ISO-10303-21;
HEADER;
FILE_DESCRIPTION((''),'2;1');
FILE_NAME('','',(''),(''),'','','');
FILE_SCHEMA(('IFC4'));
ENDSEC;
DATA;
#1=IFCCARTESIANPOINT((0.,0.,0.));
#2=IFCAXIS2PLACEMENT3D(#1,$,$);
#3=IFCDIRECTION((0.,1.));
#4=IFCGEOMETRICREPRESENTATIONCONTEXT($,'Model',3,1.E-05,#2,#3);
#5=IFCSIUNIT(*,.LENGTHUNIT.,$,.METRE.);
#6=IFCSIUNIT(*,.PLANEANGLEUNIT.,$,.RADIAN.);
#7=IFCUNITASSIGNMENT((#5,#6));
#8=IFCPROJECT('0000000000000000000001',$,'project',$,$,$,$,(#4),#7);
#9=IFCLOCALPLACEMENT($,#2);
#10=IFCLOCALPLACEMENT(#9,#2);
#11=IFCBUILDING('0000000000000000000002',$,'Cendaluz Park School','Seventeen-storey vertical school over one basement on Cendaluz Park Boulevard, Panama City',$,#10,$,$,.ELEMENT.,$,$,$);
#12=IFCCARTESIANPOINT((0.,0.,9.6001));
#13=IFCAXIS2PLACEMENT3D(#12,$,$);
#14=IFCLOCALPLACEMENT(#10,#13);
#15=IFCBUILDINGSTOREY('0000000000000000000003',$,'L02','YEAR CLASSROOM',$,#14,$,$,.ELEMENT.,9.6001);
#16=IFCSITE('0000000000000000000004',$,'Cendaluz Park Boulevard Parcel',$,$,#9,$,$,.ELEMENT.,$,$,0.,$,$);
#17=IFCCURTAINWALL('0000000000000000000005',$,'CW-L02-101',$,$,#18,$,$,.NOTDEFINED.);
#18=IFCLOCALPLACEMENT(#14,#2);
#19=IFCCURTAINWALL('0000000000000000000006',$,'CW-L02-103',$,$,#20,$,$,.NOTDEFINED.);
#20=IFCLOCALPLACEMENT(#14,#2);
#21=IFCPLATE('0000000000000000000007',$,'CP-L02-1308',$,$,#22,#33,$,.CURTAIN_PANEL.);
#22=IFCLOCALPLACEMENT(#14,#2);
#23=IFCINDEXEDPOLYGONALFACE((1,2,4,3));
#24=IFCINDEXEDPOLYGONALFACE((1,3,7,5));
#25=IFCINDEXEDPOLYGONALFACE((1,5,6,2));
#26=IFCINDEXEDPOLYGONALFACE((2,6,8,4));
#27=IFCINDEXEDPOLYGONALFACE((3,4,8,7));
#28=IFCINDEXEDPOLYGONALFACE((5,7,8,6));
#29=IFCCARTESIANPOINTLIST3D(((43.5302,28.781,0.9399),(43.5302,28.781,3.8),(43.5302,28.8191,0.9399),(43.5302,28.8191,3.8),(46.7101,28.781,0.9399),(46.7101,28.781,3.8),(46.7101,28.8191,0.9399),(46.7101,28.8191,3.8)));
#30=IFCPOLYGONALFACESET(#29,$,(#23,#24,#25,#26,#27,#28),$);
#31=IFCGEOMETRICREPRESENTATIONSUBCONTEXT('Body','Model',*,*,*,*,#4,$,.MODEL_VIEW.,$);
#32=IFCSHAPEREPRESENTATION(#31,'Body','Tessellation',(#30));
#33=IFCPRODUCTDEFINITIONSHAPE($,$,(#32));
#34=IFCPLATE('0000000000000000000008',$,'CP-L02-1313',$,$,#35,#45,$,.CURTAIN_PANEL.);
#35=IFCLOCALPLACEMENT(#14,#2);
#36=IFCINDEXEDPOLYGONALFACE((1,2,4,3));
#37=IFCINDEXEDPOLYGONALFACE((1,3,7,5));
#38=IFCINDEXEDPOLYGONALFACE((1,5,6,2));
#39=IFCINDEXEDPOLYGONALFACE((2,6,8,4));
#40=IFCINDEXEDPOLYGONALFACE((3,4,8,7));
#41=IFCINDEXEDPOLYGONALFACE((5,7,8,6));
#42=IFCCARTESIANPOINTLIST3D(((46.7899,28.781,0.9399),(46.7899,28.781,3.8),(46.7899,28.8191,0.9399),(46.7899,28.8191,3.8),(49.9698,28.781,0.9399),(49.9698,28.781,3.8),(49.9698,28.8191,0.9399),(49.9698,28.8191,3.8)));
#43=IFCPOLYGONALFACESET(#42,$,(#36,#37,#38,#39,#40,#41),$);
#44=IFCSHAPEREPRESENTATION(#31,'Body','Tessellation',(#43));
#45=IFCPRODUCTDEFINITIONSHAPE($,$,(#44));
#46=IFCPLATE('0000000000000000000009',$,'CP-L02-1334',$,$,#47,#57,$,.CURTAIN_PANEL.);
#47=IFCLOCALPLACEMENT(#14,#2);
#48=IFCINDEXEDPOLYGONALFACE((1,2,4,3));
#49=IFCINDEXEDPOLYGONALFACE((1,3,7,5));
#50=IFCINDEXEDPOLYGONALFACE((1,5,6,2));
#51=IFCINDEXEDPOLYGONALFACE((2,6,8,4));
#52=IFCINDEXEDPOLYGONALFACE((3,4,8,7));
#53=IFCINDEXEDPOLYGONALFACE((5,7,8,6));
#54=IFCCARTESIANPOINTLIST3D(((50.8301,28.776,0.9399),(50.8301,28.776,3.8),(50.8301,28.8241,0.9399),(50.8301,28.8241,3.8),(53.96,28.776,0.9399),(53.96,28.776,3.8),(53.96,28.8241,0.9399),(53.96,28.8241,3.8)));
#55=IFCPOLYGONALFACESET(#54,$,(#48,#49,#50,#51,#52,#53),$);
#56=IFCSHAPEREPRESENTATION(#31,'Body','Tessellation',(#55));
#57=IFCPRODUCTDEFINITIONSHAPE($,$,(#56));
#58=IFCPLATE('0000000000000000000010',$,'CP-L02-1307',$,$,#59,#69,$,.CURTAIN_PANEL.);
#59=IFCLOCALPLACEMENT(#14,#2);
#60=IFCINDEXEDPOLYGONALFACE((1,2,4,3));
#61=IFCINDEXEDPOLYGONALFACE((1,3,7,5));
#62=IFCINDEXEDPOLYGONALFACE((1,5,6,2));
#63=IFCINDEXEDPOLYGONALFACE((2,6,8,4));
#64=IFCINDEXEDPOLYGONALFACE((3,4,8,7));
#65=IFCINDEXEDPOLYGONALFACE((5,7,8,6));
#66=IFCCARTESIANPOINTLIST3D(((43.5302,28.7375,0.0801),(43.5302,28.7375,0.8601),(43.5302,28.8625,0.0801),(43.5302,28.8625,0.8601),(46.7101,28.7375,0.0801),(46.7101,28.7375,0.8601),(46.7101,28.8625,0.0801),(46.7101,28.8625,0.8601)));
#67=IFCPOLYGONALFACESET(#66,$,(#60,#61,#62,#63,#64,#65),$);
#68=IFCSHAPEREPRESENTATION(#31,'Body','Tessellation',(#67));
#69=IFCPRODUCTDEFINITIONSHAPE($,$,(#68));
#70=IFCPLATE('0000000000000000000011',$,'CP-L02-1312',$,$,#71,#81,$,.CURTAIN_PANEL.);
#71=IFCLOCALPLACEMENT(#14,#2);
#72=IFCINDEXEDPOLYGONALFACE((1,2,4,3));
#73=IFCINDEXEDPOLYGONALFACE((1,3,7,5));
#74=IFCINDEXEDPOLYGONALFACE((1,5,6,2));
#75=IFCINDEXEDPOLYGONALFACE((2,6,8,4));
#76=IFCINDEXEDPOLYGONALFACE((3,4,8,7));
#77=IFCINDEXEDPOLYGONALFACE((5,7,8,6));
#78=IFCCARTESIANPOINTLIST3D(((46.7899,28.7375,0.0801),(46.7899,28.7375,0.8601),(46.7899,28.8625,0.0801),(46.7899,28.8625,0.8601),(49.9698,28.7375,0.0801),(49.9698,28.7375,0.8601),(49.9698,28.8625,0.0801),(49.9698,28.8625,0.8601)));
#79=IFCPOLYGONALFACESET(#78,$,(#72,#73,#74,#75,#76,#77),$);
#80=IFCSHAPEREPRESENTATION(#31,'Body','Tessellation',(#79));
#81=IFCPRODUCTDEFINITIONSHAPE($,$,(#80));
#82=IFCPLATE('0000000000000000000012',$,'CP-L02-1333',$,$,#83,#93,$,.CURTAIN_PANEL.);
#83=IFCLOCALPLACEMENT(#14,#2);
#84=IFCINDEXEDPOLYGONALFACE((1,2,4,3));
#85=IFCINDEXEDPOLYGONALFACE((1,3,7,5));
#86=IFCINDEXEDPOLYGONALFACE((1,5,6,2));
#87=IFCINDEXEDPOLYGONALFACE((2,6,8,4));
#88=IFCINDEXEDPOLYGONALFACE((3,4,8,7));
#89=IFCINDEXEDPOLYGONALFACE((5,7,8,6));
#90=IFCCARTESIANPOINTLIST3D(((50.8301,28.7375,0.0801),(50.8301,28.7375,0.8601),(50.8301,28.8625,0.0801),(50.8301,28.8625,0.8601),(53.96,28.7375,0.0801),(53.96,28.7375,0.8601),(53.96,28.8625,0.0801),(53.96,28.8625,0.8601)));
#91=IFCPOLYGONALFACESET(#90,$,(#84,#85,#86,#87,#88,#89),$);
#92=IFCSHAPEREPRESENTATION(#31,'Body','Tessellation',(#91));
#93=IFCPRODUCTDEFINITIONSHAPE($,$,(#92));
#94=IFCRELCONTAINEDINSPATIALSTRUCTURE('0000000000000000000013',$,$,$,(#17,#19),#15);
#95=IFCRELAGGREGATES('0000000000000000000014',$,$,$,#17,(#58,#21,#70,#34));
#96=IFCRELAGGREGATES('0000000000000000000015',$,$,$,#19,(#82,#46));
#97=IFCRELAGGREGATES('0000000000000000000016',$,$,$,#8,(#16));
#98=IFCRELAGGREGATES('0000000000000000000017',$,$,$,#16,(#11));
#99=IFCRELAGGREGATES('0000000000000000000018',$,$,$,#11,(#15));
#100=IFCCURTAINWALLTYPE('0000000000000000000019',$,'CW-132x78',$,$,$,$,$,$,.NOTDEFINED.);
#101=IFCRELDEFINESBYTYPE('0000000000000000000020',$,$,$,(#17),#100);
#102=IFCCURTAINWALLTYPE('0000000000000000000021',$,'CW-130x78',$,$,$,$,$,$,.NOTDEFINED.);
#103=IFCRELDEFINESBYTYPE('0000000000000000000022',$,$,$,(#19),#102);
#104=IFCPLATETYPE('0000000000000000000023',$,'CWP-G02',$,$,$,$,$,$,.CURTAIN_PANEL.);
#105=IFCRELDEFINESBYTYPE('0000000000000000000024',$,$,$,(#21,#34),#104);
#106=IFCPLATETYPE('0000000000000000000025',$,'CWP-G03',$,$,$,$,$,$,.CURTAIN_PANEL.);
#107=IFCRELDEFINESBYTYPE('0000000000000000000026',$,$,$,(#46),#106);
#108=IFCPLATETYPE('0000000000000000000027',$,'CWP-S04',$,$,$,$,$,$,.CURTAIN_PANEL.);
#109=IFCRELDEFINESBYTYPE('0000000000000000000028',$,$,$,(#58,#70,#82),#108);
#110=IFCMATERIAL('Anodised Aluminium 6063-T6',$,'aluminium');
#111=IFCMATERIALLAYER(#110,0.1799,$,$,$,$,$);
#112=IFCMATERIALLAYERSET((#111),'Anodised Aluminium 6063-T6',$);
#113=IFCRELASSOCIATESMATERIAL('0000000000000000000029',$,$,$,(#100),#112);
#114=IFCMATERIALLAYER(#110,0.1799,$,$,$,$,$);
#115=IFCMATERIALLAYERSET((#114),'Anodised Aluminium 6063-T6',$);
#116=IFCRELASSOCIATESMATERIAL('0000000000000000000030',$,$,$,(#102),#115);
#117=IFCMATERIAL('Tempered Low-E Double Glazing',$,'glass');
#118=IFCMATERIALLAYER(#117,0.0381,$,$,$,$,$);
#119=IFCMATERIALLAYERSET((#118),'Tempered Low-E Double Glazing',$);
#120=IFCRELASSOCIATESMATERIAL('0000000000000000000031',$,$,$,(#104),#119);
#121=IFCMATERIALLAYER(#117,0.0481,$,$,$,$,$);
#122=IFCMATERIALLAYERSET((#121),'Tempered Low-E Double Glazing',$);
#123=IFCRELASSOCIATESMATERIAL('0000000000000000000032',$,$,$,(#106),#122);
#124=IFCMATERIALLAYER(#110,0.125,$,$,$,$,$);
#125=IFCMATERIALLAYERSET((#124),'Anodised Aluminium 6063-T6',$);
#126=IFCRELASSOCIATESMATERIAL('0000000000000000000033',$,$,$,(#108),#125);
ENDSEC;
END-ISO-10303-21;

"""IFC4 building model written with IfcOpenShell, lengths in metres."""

from ifc_helpers import new_model, si_unit, direction, frame, origin, origin_2d, place, context, subcontext, project, spatial, rectangle, extrude, material, layer, layer_set, type_object, element, aggregate, save


model = new_model("IFC4")

# Units and contexts
model_context = context("Model", 3, precision=1e-05, world=origin(), true_north=direction((0.0, 1.0)))
body_context = subcontext(model_context, "Body", "Model", "MODEL_VIEW")
ifc_project = project(units=[si_unit("LENGTHUNIT", "METRE"), si_unit("PLANEANGLEUNIT", "RADIAN")], contexts=[model_context])

# Site, building, storey
site_placement = place(None, origin())
site = spatial("IfcSite", under=ifc_project, at=site_placement, Name="Cendaluz Park Boulevard Parcel", CompositionType="ELEMENT", RefElevation=0.0)
building_placement = place(site_placement, origin())
building = spatial("IfcBuilding", under=site, at=building_placement, Name="Cendaluz Park School", Description="Seventeen-storey vertical school over one basement on Cendaluz Park Boulevard, Panama City", CompositionType="ELEMENT")
storey_placement = place(building_placement, frame((0.0, 0.0, 9.6001)))
storey = spatial("IfcBuildingStorey", under=building, at=storey_placement, Name="L02", Description="YEAR CLASSROOM", CompositionType="ELEMENT", Elevation=9.6001)

# Curtain wall
ifc_material_1 = material(Name="Anodised Aluminium 6063-T6", Category="aluminium")
ifc_layer_1 = layer(ifc_material_1, 0.1799)
ifc_layer_set_1 = layer_set([ifc_layer_1], Name="Anodised Aluminium 6063-T6")
curtain_wall_type_1 = type_object("IfcCurtainWallType", Name="CW-132x78", PredefinedType="NOTDEFINED", material=ifc_layer_set_1)
curtain_wall_1_placement = place(storey_placement, origin())
curtain_wall_1 = element("IfcCurtainWall", 1, at=curtain_wall_1_placement, inside=storey, type_object=curtain_wall_type_1, Name="CW-L02-101", PredefinedType="NOTDEFINED")

# Curtain wall
ifc_layer_2 = layer(ifc_material_1, 0.1799)
ifc_layer_set_2 = layer_set([ifc_layer_2], Name="Anodised Aluminium 6063-T6")
curtain_wall_type_2 = type_object("IfcCurtainWallType", Name="CW-130x78", PredefinedType="NOTDEFINED", material=ifc_layer_set_2)
curtain_wall_2_placement = place(storey_placement, origin())
curtain_wall_2 = element("IfcCurtainWall", 2, at=curtain_wall_2_placement, inside=storey, type_object=curtain_wall_type_2, Name="CW-L02-103", PredefinedType="NOTDEFINED")

# Plates
ifc_material_2 = material(Name="Tempered Low-E Double Glazing", Category="glass")
ifc_layer_3 = layer(ifc_material_2, 0.0381)
ifc_layer_set_3 = layer_set([ifc_layer_3], Name="Tempered Low-E Double Glazing")
plate_type_1 = type_object("IfcPlateType", Name="CWP-G02", PredefinedType="CURTAIN_PANEL", material=ifc_layer_set_3)
plate_1_placement = place(storey_placement, frame((45.1201, 28.8, 0.9399), z_axis=(0.0, 0.0, 1.0), x_axis=(1.0, 0.0, 0.0)))
plate_1 = element("IfcPlate", 3, at=plate_1_placement, type_object=plate_type_1, Name="CP-L02-1308", PredefinedType="CURTAIN_PANEL", context=body_context, shape_type="SweptSolid", body=[
    extrude(rectangle(XDim=3.1799, YDim=0.0381, at=origin_2d()), origin(), (0.0, 0.0, 1.0), 2.8601),
])
plate_2_placement = place(storey_placement, frame((48.3799, 28.8, 0.9399), z_axis=(0.0, 0.0, 1.0), x_axis=(1.0, 0.0, 0.0)))
plate_2 = element("IfcPlate", 4, at=plate_2_placement, type_object=plate_type_1, Name="CP-L02-1313", PredefinedType="CURTAIN_PANEL", context=body_context, shape_type="SweptSolid", body=[
    extrude(rectangle(XDim=3.1799, YDim=0.0381, at=origin_2d()), origin(), (0.0, 0.0, 1.0), 2.8601),
])
ifc_layer_4 = layer(ifc_material_2, 0.0481)
ifc_layer_set_4 = layer_set([ifc_layer_4], Name="Tempered Low-E Double Glazing")
plate_type_2 = type_object("IfcPlateType", Name="CWP-G03", PredefinedType="CURTAIN_PANEL", material=ifc_layer_set_4)
plate_3_placement = place(storey_placement, frame((52.395, 28.8, 0.9399), z_axis=(0.0, 0.0, 1.0), x_axis=(1.0, 0.0, 0.0)))
plate_3 = element("IfcPlate", 5, at=plate_3_placement, type_object=plate_type_2, Name="CP-L02-1334", PredefinedType="CURTAIN_PANEL", context=body_context, shape_type="SweptSolid", body=[
    extrude(rectangle(XDim=3.1299, YDim=0.0481, at=origin_2d()), origin(), (0.0, 0.0, 1.0), 2.8601),
])
ifc_layer_5 = layer(ifc_material_1, 0.125)
ifc_layer_set_5 = layer_set([ifc_layer_5], Name="Anodised Aluminium 6063-T6")
plate_type_3 = type_object("IfcPlateType", Name="CWP-S04", PredefinedType="CURTAIN_PANEL", material=ifc_layer_set_5)
plate_4_placement = place(storey_placement, frame((45.1201, 28.8, 0.0801), z_axis=(0.0, 0.0, 1.0), x_axis=(1.0, 0.0, 0.0)))
plate_4 = element("IfcPlate", 6, at=plate_4_placement, type_object=plate_type_3, Name="CP-L02-1307", PredefinedType="CURTAIN_PANEL", context=body_context, shape_type="SweptSolid", body=[
    extrude(rectangle(XDim=3.1799, YDim=0.125, at=origin_2d()), origin(), (0.0, 0.0, 1.0), 0.78),
])
plate_5_placement = place(storey_placement, frame((48.3799, 28.8, 0.0801), z_axis=(0.0, 0.0, 1.0), x_axis=(1.0, 0.0, 0.0)))
plate_5 = element("IfcPlate", 7, at=plate_5_placement, type_object=plate_type_3, Name="CP-L02-1312", PredefinedType="CURTAIN_PANEL", context=body_context, shape_type="SweptSolid", body=[
    extrude(rectangle(XDim=3.1799, YDim=0.125, at=origin_2d()), origin(), (0.0, 0.0, 1.0), 0.78),
])
aggregate(curtain_wall_1, [plate_4, plate_1, plate_5, plate_2])
plate_6_placement = place(storey_placement, frame((52.395, 28.8, 0.0801), z_axis=(0.0, 0.0, 1.0), x_axis=(1.0, 0.0, 0.0)))
plate_6 = element("IfcPlate", 8, at=plate_6_placement, type_object=plate_type_3, Name="CP-L02-1333", PredefinedType="CURTAIN_PANEL", context=body_context, shape_type="SweptSolid", body=[
    extrude(rectangle(XDim=3.1299, YDim=0.125, at=origin_2d()), origin(), (0.0, 0.0, 1.0), 0.78),
])
aggregate(curtain_wall_2, [plate_6, plate_3])

save(model, "model.ifc")
